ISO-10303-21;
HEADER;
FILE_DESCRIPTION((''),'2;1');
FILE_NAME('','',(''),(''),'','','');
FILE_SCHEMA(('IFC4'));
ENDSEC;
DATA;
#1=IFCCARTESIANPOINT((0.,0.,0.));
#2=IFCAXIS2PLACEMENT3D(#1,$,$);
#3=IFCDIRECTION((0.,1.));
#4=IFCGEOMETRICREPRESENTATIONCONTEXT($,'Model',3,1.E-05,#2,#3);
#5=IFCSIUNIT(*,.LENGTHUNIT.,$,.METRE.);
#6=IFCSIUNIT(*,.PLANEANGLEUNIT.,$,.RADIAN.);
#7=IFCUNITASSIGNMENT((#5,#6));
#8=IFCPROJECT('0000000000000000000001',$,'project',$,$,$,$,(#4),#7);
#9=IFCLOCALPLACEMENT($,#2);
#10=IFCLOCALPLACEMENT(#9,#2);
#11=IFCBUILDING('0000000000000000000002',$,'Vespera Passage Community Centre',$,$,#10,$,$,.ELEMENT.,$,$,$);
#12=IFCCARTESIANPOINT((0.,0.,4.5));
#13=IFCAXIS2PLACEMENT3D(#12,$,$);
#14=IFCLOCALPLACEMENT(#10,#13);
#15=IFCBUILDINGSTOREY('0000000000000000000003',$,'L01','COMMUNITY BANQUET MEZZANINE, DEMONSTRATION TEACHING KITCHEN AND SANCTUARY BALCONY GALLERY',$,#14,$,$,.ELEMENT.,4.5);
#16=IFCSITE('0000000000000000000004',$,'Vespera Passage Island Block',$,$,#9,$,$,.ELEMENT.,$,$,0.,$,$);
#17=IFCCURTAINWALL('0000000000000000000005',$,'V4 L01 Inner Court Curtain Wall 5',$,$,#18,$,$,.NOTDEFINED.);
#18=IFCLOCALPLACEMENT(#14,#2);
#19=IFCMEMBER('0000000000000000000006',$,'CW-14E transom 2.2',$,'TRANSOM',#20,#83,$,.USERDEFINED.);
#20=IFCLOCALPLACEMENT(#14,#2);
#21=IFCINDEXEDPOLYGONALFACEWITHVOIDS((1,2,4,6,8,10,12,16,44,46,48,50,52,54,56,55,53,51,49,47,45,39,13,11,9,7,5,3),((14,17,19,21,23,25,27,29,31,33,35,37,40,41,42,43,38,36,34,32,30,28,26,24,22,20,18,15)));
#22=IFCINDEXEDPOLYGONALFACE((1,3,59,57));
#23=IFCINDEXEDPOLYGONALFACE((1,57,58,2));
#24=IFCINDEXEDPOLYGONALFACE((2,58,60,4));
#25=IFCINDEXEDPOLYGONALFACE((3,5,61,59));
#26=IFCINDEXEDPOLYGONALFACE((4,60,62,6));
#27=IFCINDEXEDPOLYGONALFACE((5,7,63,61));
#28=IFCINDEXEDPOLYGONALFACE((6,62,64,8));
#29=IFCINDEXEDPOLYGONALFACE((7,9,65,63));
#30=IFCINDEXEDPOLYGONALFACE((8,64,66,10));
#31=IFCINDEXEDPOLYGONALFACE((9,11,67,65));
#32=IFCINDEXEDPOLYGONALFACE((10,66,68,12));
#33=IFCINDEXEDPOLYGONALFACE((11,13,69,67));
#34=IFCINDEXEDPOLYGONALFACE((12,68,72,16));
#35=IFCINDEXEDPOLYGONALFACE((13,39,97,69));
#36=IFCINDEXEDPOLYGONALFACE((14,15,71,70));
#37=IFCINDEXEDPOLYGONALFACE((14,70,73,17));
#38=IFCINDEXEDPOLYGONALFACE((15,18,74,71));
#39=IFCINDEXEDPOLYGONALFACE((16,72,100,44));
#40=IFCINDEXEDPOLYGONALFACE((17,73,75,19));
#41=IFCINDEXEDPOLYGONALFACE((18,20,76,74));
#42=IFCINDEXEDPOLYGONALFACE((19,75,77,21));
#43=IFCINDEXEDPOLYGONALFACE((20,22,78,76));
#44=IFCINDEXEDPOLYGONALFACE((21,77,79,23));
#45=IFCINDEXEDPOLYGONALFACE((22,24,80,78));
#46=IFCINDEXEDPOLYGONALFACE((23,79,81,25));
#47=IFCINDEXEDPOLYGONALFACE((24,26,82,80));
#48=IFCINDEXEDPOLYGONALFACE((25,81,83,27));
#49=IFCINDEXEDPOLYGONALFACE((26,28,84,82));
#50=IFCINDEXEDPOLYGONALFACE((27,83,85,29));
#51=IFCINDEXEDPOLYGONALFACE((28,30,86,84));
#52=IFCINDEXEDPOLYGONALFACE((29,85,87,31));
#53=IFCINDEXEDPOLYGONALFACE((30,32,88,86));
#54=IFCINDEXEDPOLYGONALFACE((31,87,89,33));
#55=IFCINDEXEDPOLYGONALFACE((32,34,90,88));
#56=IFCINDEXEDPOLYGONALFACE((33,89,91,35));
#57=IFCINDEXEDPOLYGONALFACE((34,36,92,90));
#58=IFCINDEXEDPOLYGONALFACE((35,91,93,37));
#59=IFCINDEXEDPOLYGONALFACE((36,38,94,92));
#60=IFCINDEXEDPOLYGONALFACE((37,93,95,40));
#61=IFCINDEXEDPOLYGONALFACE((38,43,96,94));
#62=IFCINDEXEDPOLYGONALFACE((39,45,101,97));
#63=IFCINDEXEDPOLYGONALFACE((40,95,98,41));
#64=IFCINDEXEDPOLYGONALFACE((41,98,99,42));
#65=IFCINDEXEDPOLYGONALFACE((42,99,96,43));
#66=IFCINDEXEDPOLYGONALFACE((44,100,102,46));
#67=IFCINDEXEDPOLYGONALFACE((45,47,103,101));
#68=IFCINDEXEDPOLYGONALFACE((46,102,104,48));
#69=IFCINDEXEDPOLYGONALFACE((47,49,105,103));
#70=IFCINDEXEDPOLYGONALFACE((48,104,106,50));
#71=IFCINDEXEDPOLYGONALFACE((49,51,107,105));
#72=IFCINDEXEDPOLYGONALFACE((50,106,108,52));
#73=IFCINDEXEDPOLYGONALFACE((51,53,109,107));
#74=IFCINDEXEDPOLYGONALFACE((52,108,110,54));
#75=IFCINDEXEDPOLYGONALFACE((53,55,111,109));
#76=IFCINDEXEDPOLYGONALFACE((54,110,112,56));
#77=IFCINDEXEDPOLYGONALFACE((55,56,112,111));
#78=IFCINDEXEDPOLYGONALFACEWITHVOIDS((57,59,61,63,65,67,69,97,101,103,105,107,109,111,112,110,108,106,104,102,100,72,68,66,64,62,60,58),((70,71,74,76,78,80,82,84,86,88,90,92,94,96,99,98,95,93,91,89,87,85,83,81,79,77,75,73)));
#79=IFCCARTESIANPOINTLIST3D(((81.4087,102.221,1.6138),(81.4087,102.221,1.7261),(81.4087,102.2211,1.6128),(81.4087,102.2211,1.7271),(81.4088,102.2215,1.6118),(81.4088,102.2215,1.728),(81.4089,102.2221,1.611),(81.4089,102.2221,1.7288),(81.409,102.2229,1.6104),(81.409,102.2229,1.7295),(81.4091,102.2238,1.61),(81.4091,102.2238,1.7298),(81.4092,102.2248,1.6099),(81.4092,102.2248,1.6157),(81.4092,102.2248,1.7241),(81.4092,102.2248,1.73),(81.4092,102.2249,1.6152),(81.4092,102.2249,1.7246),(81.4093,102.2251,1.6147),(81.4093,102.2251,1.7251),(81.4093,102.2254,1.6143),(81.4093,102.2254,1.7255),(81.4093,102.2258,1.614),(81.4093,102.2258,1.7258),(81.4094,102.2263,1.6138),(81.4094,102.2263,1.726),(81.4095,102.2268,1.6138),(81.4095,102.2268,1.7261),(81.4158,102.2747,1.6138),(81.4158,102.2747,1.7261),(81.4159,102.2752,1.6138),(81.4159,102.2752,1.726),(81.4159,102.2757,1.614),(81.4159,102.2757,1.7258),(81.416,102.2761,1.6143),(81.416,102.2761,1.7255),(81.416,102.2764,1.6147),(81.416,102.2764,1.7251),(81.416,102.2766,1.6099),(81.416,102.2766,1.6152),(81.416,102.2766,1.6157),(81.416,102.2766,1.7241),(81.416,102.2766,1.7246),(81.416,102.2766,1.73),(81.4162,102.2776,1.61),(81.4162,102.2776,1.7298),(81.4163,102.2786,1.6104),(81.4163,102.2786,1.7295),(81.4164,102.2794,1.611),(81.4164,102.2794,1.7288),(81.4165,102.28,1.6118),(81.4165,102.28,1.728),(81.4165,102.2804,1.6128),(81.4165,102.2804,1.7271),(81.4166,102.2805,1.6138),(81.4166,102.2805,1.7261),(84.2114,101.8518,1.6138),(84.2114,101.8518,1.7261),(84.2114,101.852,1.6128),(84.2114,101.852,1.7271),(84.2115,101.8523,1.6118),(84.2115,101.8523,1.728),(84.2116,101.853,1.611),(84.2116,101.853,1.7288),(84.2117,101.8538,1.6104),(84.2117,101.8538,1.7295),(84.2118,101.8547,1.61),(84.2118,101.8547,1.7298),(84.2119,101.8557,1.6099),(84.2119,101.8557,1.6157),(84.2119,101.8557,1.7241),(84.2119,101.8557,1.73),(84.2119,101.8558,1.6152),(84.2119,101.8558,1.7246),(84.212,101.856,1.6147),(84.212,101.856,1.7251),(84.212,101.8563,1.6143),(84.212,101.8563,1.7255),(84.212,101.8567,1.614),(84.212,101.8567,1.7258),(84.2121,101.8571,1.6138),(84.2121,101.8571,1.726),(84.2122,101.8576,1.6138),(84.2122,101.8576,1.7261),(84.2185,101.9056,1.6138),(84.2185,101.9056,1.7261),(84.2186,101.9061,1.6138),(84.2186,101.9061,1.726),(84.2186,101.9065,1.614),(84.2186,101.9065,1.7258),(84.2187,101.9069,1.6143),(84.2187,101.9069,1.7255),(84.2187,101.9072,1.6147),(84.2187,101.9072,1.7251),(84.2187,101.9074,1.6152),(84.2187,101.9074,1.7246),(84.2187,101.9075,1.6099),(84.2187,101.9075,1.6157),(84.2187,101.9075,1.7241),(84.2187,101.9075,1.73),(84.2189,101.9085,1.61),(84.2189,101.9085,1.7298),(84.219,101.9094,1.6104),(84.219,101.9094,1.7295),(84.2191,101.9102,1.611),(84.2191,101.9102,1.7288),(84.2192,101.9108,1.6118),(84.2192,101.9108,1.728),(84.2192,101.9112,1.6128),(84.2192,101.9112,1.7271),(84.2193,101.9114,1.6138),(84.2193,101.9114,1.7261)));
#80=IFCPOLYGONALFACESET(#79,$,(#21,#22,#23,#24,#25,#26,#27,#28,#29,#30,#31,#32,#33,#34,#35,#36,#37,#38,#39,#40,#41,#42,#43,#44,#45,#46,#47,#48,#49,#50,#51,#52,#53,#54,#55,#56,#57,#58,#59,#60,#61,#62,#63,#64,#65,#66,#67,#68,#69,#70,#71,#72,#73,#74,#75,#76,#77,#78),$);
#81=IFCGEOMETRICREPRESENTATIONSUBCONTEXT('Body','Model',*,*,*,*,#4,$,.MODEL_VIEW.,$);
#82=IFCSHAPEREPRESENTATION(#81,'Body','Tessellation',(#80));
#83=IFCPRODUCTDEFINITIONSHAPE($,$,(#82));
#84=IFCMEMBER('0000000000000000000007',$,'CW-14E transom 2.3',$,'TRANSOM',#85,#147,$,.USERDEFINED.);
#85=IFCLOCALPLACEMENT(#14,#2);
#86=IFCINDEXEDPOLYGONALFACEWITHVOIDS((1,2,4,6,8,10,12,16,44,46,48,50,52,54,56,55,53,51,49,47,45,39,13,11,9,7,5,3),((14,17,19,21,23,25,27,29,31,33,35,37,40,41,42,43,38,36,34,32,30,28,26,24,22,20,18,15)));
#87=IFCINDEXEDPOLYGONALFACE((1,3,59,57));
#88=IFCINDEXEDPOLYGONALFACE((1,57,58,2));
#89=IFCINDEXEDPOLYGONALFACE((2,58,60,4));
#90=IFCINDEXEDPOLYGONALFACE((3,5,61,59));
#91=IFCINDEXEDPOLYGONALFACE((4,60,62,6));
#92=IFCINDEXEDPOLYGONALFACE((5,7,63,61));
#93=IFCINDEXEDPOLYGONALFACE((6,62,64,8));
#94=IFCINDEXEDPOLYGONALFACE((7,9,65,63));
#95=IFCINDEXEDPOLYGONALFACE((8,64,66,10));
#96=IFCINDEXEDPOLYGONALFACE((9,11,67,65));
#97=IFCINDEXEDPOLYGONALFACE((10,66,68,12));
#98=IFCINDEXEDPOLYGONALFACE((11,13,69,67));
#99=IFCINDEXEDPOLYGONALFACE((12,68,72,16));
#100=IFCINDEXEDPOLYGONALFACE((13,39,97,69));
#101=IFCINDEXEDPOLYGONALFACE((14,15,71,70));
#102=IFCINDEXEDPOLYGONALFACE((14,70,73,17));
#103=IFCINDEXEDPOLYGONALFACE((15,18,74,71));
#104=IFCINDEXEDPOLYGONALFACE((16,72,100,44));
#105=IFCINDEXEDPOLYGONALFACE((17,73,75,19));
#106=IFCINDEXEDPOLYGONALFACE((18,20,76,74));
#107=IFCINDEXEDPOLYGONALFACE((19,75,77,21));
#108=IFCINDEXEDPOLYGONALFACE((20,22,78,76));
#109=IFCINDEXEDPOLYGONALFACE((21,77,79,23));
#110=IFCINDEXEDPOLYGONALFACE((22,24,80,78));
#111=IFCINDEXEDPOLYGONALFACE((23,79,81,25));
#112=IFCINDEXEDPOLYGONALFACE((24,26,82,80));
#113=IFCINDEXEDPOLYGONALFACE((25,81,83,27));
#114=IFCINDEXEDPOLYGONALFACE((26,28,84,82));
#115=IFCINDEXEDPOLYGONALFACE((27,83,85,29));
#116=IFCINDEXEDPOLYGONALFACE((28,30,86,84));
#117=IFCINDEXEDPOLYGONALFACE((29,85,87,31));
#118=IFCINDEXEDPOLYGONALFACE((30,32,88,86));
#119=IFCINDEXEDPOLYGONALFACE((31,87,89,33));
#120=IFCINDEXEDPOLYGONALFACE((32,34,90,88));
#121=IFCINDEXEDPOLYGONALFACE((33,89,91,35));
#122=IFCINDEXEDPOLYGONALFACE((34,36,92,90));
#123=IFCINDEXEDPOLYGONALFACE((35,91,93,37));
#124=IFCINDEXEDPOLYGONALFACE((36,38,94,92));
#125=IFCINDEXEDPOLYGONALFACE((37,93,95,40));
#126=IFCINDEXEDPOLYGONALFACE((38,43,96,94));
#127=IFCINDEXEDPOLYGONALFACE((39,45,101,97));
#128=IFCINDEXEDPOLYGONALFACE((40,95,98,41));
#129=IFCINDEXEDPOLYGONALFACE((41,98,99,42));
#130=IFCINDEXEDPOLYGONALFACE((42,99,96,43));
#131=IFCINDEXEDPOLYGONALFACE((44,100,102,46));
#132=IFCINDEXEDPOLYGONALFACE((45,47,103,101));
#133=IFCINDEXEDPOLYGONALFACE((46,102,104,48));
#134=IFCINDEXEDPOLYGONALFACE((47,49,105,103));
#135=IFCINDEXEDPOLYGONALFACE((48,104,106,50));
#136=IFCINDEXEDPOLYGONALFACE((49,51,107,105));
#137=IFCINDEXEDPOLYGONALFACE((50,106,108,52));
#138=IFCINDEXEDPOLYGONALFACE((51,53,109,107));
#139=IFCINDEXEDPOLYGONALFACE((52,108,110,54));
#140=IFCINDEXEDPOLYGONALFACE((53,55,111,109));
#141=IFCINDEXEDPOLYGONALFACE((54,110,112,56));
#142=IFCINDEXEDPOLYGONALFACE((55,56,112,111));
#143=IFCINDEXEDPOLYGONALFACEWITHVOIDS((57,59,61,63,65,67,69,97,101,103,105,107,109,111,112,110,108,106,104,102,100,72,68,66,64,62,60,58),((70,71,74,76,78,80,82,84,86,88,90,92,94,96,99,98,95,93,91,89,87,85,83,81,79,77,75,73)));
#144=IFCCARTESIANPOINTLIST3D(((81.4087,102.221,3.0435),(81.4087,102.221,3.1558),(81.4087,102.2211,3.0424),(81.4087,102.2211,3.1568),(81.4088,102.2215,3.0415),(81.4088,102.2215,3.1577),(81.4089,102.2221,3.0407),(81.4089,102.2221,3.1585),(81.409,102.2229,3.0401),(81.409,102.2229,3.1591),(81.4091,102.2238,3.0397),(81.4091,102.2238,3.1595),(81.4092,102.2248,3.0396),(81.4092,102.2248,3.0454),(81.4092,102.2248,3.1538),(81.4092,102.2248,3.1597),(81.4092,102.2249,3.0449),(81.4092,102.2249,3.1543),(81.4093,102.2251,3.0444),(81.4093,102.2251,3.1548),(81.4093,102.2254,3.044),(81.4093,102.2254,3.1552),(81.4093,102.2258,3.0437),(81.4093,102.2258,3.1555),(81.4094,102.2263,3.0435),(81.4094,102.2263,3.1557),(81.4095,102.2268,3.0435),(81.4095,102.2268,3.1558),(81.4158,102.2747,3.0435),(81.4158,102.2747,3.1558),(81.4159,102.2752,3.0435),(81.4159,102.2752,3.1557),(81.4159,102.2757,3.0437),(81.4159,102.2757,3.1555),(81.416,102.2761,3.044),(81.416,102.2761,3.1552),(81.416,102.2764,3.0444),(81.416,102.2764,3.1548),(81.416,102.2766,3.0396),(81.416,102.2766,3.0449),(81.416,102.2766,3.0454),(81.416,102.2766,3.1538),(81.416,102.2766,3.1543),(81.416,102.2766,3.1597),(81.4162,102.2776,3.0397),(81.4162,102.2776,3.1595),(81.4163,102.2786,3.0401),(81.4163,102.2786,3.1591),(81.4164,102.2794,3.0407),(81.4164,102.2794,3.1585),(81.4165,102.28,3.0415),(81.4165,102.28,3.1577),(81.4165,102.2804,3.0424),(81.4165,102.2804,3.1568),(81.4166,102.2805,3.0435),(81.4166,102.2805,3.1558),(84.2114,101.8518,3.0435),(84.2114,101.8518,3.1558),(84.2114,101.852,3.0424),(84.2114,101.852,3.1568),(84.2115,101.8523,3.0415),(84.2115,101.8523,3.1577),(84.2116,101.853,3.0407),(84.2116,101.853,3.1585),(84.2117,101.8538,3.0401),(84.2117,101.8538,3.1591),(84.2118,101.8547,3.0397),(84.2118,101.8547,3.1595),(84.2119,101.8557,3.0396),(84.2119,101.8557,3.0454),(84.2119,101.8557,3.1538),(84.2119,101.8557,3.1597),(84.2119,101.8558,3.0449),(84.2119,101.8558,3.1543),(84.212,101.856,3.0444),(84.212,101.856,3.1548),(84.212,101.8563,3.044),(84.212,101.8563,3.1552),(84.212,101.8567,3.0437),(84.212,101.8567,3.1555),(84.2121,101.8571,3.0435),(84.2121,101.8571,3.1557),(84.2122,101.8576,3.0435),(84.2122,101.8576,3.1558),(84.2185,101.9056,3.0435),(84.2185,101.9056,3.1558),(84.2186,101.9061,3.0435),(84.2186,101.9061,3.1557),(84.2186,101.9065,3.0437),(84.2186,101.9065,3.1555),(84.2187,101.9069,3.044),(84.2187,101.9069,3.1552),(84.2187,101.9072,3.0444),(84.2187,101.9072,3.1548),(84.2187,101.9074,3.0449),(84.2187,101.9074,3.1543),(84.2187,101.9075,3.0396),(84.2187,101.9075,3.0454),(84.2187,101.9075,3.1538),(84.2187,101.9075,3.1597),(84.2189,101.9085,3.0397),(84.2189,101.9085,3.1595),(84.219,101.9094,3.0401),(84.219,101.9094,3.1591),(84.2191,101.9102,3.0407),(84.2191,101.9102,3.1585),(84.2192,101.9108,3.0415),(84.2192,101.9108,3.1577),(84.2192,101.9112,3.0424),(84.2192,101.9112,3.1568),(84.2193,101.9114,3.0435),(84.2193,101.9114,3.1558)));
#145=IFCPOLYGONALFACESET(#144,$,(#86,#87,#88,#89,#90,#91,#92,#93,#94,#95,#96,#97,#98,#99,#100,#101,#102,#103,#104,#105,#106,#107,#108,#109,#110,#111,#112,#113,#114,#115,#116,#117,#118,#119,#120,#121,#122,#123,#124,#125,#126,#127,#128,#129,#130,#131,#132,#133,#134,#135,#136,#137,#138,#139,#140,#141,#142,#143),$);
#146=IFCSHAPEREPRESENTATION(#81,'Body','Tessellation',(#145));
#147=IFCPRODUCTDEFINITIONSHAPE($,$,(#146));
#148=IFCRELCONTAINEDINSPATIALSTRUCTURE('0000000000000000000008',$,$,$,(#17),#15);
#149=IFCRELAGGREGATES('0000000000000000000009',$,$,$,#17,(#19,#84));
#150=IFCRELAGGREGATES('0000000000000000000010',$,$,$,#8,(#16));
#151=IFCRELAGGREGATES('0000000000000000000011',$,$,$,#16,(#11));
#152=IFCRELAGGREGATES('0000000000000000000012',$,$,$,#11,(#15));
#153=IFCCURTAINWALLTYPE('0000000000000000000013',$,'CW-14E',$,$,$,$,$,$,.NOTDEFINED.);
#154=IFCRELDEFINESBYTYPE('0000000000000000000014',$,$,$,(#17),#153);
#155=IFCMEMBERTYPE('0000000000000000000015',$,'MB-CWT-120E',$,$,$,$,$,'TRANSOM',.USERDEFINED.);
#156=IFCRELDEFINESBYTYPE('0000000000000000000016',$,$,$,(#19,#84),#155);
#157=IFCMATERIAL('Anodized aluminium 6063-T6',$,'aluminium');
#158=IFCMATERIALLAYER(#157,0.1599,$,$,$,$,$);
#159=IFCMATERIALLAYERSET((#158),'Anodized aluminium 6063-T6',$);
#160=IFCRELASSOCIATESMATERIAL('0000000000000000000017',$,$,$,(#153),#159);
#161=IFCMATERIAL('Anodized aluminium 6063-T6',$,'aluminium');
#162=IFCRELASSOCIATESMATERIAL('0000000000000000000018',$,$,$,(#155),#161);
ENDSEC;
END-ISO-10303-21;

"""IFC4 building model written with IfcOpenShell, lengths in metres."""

from ifc_helpers import new_model, si_unit, direction, frame, origin, origin_2d, place, context, subcontext, project, spatial, hollow_rectangle, extrude, material, layer, layer_set, material_profile, profile_set, type_object, element, aggregate, save


model = new_model("IFC4")

# Units and contexts
model_context = context("Model", 3, precision=1e-05, world=origin(), true_north=direction((0.0, 1.0)))
body_context = subcontext(model_context, "Body", "Model", "MODEL_VIEW")
ifc_project = project(units=[si_unit("LENGTHUNIT", "METRE"), si_unit("PLANEANGLEUNIT", "RADIAN")], contexts=[model_context])

# Site, building, storey
site_placement = place(None, origin())
site = spatial("IfcSite", under=ifc_project, at=site_placement, Name="Vespera Passage Island Block", CompositionType="ELEMENT", RefElevation=0.0)
building_placement = place(site_placement, origin())
building = spatial("IfcBuilding", under=site, at=building_placement, Name="Vespera Passage Community Centre", CompositionType="ELEMENT")
storey_placement = place(building_placement, frame((0.0, 0.0, 4.5)))
storey = spatial("IfcBuildingStorey", under=building, at=storey_placement, Name="L01", Description="COMMUNITY BANQUET MEZZANINE, DEMONSTRATION TEACHING KITCHEN AND SANCTUARY BALCONY GALLERY", CompositionType="ELEMENT", Elevation=4.5)

# Curtain wall
ifc_material_1 = material(Name="Anodized aluminium 6063-T6", Category="aluminium")
ifc_layer_1 = layer(ifc_material_1, 0.1599)
ifc_layer_set_1 = layer_set([ifc_layer_1], Name="Anodized aluminium 6063-T6")
curtain_wall_type_1 = type_object("IfcCurtainWallType", Name="CW-14E", PredefinedType="NOTDEFINED", material=ifc_layer_set_1)
curtain_wall_1_placement = place(storey_placement, origin())
curtain_wall_1 = element("IfcCurtainWall", 1, at=curtain_wall_1_placement, inside=storey, type_object=curtain_wall_type_1, Name="V4 L01 Inner Court Curtain Wall 5", PredefinedType="NOTDEFINED")

# Members
ifc_material_2 = material(Name="Anodized aluminium 6063-T6", Category="aluminium")
ifc_material_profile_1 = material_profile(ifc_material_2, hollow_rectangle(XDim=0.0601, YDim=0.1201, WallThickness=0.0039, InnerFilletRadius=0.002, OuterFilletRadius=0.0039, at=origin_2d()), Name="ALU120X60X4")
ifc_profile_set_1 = profile_set([ifc_material_profile_1], Name="Anodized aluminium 6063-T6")
member_type_1 = type_object("IfcMemberType", Name="MB-CWT-120E", ElementType="TRANSOM", PredefinedType="USERDEFINED", material=ifc_profile_set_1)
member_1_placement = place(storey_placement, frame((84.2153, 101.8816, 1.6699), z_axis=(-0.991438, 0.13058, 0.0), x_axis=(-0.13058, -0.991438, 0.0)))
member_1 = element("IfcMember", 2, at=member_1_placement, type_object=member_type_1, Name="CW-14E transom 2.2", ObjectType="TRANSOM", PredefinedType="USERDEFINED", context=body_context, shape_type="SweptSolid", body=[
    extrude(hollow_rectangle(XDim=0.0601, YDim=0.1201, WallThickness=0.0039, InnerFilletRadius=0.002, OuterFilletRadius=0.0039, at=origin_2d()), origin(), (0.0, 0.0, 1.0), 2.8269),
])
member_2_placement = place(storey_placement, frame((84.2153, 101.8816, 3.0996), z_axis=(-0.991438, 0.13058, 0.0), x_axis=(-0.13058, -0.991438, 0.0)))
member_2 = element("IfcMember", 3, at=member_2_placement, type_object=member_type_1, Name="CW-14E transom 2.3", ObjectType="TRANSOM", PredefinedType="USERDEFINED", context=body_context, shape_type="SweptSolid", body=[
    extrude(hollow_rectangle(XDim=0.0601, YDim=0.1201, WallThickness=0.0039, InnerFilletRadius=0.002, OuterFilletRadius=0.0039, at=origin_2d()), origin(), (0.0, 0.0, 1.0), 2.8269),
])

aggregate(curtain_wall_1, [member_1, member_2])

save(model, "model.ifc")
